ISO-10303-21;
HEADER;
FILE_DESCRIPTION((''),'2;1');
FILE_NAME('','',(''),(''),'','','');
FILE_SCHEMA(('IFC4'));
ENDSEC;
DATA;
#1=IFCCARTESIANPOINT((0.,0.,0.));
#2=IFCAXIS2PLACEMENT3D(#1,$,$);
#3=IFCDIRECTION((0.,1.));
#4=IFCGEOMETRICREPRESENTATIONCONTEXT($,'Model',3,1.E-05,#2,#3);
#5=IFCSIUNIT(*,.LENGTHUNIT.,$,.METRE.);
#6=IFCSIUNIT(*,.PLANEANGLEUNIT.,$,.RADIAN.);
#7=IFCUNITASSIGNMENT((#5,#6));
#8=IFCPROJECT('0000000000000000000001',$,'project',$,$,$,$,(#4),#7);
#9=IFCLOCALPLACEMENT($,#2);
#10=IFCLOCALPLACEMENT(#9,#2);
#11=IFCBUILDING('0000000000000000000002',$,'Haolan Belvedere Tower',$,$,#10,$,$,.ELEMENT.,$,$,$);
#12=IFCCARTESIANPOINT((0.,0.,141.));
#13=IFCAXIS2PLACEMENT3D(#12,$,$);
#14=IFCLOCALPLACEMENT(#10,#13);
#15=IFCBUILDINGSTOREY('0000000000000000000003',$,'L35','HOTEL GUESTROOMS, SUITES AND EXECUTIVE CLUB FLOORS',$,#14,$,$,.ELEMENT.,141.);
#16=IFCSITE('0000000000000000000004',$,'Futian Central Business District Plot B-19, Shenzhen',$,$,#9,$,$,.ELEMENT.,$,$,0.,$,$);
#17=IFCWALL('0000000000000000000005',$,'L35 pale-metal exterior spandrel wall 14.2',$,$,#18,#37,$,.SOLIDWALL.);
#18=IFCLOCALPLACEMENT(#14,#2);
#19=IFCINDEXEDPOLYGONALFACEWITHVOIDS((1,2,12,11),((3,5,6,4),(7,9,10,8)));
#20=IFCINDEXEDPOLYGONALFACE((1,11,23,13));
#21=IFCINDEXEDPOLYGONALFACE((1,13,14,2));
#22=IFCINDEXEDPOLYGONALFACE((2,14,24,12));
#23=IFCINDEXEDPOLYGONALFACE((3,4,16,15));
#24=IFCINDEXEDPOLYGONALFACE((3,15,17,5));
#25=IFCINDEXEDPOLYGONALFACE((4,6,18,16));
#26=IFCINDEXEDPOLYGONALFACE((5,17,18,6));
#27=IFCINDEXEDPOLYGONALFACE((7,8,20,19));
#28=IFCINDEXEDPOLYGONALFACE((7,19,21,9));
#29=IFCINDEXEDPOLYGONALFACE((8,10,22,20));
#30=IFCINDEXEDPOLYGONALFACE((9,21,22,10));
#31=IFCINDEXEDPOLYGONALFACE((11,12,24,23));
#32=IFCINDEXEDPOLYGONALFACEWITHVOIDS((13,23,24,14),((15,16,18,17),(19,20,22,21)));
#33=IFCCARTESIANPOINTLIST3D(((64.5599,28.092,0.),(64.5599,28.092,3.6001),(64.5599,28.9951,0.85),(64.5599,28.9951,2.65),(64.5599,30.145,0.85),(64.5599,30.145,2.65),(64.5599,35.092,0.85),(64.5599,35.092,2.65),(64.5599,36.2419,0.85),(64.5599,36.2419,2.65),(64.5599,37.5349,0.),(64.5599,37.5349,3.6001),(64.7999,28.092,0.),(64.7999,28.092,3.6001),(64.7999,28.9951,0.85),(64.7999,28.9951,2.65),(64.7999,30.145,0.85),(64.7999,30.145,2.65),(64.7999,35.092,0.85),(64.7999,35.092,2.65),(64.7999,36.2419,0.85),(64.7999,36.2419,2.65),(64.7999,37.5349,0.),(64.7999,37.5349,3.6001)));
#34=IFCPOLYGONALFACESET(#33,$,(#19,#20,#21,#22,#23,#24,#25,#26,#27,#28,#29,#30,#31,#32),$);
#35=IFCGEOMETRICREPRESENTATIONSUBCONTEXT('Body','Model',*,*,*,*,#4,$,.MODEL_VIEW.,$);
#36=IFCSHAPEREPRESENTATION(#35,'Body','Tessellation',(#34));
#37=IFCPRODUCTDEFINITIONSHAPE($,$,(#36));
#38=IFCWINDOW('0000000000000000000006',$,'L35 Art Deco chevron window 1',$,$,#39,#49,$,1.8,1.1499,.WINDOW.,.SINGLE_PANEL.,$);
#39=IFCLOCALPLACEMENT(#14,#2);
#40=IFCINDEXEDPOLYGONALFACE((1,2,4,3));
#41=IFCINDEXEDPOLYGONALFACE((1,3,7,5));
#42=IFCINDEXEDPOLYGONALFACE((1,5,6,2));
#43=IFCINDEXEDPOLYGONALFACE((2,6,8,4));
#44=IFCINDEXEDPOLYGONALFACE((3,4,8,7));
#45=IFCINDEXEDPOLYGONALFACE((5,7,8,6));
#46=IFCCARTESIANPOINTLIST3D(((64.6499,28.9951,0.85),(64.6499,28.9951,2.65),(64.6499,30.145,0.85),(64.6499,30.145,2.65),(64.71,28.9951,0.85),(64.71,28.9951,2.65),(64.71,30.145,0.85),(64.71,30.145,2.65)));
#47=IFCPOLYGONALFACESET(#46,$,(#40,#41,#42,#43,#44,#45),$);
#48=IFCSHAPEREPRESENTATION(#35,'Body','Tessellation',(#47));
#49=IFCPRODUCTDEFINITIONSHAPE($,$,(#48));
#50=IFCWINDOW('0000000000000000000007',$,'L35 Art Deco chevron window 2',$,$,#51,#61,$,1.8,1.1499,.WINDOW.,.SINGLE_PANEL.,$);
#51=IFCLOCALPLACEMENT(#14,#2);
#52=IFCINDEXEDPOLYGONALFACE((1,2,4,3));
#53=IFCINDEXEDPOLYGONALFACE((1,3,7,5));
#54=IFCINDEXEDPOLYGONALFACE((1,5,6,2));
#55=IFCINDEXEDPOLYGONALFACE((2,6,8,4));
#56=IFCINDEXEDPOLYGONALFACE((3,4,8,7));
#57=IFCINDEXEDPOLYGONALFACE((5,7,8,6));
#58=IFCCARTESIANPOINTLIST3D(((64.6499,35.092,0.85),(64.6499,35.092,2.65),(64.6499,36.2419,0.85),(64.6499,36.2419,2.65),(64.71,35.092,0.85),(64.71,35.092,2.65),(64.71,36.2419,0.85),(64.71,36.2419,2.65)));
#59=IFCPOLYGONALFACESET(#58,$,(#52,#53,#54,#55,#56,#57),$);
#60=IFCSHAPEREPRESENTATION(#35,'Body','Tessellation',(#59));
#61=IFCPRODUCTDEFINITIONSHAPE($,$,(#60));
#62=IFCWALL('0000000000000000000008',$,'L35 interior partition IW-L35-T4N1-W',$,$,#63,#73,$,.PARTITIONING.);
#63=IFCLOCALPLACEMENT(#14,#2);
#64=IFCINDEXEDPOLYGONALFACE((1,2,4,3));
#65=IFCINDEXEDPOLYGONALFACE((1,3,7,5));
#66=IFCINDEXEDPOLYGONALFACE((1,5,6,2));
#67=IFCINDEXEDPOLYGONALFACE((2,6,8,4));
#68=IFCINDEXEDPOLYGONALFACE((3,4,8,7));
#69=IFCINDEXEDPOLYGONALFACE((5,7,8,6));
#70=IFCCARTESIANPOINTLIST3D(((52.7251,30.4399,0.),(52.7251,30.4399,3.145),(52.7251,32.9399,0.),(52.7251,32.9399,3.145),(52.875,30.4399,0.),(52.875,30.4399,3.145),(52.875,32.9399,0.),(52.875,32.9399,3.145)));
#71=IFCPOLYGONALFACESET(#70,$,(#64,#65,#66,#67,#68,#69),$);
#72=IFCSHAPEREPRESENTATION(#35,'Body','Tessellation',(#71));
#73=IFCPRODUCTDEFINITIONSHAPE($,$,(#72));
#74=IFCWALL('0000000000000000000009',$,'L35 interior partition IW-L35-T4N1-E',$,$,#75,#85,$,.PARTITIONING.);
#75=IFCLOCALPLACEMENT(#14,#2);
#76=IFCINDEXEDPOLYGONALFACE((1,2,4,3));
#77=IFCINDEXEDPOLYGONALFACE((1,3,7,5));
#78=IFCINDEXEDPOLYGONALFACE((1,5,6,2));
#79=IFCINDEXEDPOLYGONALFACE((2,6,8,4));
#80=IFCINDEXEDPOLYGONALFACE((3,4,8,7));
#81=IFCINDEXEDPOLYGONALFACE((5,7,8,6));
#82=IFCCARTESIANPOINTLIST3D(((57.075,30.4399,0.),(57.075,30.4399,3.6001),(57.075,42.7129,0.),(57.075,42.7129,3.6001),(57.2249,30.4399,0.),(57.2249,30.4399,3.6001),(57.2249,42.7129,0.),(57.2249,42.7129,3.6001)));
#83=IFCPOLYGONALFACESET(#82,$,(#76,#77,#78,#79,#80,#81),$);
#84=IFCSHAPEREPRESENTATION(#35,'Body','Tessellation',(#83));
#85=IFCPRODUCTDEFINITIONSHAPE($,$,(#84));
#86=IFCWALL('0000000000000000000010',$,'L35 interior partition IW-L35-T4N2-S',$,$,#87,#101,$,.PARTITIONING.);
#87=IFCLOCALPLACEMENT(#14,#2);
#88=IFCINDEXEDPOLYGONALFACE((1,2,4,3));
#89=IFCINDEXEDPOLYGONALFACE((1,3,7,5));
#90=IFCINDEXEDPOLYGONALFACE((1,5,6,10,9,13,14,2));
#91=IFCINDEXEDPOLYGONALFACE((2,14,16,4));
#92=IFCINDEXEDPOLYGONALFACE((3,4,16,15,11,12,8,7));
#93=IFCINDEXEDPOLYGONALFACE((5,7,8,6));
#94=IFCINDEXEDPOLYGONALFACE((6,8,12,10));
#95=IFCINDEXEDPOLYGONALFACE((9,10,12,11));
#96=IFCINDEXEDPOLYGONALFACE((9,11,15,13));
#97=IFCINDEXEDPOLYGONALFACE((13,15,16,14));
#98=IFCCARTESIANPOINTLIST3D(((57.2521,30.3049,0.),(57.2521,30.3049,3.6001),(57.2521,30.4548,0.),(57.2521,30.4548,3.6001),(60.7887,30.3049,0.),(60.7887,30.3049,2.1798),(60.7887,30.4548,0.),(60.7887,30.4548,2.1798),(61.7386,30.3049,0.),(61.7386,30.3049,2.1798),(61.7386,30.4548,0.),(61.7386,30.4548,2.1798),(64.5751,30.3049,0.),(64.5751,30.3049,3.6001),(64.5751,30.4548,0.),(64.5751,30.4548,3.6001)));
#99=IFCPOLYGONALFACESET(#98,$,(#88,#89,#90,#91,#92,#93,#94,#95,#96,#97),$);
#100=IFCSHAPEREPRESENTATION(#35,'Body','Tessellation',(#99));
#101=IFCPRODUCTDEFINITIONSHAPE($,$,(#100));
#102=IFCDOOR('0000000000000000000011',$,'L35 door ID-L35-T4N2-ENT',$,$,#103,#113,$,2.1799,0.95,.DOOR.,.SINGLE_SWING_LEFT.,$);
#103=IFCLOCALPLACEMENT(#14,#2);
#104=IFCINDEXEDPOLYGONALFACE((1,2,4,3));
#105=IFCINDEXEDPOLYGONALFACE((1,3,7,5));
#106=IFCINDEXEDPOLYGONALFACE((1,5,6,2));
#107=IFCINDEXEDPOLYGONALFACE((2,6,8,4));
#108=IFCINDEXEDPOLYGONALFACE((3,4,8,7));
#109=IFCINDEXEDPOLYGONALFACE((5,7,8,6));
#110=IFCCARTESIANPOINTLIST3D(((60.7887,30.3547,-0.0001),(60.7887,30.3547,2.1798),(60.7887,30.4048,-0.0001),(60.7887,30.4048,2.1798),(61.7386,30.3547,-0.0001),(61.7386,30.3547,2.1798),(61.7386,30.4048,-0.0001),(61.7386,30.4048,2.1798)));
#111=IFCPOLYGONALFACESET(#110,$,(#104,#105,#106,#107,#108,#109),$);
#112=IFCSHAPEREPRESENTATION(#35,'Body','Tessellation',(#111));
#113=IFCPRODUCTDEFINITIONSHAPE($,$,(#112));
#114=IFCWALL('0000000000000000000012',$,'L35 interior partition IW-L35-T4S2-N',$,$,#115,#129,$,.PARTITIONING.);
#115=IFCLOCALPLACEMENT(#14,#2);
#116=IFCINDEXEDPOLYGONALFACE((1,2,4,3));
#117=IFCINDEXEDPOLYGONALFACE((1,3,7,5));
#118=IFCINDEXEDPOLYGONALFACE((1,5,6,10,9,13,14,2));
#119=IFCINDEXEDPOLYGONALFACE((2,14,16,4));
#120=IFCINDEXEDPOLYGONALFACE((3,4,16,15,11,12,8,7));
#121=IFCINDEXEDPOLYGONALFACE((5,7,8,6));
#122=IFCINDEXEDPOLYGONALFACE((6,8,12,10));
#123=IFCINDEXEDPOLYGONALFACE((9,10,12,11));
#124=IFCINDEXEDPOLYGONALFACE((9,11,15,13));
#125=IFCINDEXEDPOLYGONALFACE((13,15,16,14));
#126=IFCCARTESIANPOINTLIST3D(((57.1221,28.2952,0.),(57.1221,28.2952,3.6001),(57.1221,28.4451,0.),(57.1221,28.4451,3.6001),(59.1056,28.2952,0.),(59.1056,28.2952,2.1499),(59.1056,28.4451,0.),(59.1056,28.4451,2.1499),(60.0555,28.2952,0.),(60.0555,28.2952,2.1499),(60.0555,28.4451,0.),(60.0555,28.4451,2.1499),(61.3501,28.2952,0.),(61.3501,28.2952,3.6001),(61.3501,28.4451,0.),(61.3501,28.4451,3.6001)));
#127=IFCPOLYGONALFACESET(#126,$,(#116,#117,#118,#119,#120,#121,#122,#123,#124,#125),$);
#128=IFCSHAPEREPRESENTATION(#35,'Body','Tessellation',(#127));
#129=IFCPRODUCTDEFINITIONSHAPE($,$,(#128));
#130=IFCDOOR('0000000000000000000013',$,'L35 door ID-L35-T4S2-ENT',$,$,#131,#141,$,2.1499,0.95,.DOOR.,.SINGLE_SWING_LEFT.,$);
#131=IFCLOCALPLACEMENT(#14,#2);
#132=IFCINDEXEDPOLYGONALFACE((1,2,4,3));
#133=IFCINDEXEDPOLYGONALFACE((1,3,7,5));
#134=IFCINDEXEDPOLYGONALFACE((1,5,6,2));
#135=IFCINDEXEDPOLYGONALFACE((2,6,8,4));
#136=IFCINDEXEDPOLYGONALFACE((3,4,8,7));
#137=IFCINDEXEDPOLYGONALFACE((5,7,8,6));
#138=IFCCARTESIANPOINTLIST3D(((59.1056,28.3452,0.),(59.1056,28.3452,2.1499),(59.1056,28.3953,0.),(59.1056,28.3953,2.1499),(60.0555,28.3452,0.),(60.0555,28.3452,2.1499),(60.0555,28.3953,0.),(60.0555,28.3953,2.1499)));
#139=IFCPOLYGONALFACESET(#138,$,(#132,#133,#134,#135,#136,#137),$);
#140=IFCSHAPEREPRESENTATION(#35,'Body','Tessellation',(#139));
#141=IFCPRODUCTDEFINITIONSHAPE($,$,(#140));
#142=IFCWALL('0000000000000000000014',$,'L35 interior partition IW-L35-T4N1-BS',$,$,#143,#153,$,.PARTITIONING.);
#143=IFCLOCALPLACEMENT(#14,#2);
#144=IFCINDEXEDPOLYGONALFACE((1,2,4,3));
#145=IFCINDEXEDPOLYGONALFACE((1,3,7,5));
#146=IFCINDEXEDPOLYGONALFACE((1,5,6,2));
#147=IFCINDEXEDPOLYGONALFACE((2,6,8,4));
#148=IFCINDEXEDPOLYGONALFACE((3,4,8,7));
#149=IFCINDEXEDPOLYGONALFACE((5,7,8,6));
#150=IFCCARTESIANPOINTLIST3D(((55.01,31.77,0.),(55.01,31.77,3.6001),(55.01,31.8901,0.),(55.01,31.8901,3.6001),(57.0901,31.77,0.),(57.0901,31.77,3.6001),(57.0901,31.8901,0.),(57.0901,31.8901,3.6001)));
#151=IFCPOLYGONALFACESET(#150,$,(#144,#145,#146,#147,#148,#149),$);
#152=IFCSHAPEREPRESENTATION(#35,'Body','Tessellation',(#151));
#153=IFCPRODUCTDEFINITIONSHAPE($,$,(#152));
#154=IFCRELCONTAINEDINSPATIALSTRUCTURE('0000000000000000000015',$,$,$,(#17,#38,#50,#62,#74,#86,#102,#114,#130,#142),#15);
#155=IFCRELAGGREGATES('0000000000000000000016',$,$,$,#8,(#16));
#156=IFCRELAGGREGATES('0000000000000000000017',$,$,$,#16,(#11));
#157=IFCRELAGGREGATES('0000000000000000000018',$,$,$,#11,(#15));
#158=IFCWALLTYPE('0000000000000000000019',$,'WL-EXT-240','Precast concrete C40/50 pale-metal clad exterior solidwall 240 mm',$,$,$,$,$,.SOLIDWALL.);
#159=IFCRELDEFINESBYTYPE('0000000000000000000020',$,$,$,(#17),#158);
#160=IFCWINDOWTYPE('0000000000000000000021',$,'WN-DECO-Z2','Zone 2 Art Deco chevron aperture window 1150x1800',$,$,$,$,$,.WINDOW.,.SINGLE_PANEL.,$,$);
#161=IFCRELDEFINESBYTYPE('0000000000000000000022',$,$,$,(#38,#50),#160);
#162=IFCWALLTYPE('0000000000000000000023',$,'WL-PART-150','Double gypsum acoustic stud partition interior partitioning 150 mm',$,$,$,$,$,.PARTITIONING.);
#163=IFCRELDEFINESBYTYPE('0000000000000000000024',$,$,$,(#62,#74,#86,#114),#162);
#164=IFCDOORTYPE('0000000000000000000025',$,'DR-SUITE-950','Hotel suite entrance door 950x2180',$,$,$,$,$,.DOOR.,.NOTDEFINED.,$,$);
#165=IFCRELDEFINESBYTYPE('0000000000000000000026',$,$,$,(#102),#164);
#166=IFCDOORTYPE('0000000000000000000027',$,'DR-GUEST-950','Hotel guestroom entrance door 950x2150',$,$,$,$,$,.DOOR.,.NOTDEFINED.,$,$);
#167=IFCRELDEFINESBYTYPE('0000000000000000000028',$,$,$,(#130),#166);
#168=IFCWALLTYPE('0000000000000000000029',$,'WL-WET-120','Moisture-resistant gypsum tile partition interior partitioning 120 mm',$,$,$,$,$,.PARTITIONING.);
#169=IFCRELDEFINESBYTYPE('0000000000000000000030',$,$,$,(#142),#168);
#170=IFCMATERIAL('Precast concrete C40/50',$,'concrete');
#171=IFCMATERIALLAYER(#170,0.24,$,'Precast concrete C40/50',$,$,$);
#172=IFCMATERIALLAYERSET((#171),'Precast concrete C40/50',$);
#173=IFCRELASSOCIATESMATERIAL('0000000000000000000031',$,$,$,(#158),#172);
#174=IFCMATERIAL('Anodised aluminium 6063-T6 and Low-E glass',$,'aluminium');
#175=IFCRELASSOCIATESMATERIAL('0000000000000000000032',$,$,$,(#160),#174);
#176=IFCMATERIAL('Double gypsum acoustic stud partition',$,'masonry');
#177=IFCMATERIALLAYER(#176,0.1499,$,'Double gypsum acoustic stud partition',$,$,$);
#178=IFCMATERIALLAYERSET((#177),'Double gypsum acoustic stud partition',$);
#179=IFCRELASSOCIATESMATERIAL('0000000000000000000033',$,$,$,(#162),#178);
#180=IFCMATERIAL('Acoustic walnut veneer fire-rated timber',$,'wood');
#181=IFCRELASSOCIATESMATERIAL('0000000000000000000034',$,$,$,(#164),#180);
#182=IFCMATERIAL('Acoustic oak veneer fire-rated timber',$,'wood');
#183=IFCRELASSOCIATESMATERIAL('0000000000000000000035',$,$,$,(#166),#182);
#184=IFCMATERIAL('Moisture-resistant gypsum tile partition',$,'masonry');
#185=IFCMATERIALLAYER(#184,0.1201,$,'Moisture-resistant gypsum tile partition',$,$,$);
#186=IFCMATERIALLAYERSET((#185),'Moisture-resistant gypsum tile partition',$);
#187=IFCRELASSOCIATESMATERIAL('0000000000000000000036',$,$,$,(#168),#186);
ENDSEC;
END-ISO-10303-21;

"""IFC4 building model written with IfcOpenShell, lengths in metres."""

from ifc_helpers import new_model, si_unit, direction, frame, frame_2d, origin, place, context, subcontext, project, spatial, rectangle, extrude, material, layer, layer_set, type_object, element, fill, save


model = new_model("IFC4")

# Units and contexts
model_context = context("Model", 3, precision=1e-05, world=origin(), true_north=direction((0.0, 1.0)))
body_context = subcontext(model_context, "Body", "Model", "MODEL_VIEW")
ifc_project = project(units=[si_unit("LENGTHUNIT", "METRE"), si_unit("PLANEANGLEUNIT", "RADIAN")], contexts=[model_context])

# Site, building, storey
site_placement = place(None, origin())
site = spatial("IfcSite", under=ifc_project, at=site_placement, Name="Futian Central Business District Plot B-19, Shenzhen", CompositionType="ELEMENT", RefElevation=0.0)
building_placement = place(site_placement, origin())
building = spatial("IfcBuilding", under=site, at=building_placement, Name="Haolan Belvedere Tower", CompositionType="ELEMENT")
storey_placement = place(building_placement, frame((0.0, 0.0, 141.0)))
storey = spatial("IfcBuildingStorey", under=building, at=storey_placement, Name="L35", Description="HOTEL GUESTROOMS, SUITES AND EXECUTIVE CLUB FLOORS", CompositionType="ELEMENT", Elevation=141.0)

# Wall, openings, windows
ifc_material_1 = material(Name="Precast concrete C40/50", Category="concrete")
ifc_layer_1 = layer(ifc_material_1, 0.24, Name="Precast concrete C40/50")
ifc_layer_set_1 = layer_set([ifc_layer_1], Name="Precast concrete C40/50")
wall_type_1 = type_object("IfcWallType", Name="WL-EXT-240", Description="Precast concrete C40/50 pale-metal clad exterior solidwall 240 mm", PredefinedType="SOLIDWALL", material=ifc_layer_set_1)
wall_1_placement = place(storey_placement, frame((64.6799, 28.092, 0.0), z_axis=(0.0, 0.0, 1.0), x_axis=(0.0, 1.0, 0.0)))
wall_1 = element("IfcWall", 1, at=wall_1_placement, inside=storey, type_object=wall_type_1, Name="L35 pale-metal exterior spandrel wall 14.2", PredefinedType="SOLIDWALL", context=body_context, shape_type="SweptSolid", body=[
    extrude(rectangle(XDim=9.4429, YDim=0.24, at=frame_2d((4.7214, 0.0))), origin(), (0.0, 0.0, 1.0), 3.6001),
])
opening_1_placement = place(wall_1_placement, frame((0.9031, 0.0, 0.8501)))
opening_1 = element("IfcOpeningElement", 2, at=opening_1_placement, cuts=wall_1, PredefinedType="OPENING", context=body_context, shape_type="SweptSolid", body=[
    extrude(rectangle(XDim=1.1499, YDim=1.8, at=frame_2d((0.575, 0.8999))), frame((0.0, 0.1299, 0.0), z_axis=(0.0, -1.0, 0.0), x_axis=(1.0, 0.0, 0.0)), (0.0, 0.0, 1.0), 0.26),
])
opening_2_placement = place(wall_1_placement, frame((7.0, 0.0, 0.8501)))
opening_2 = element("IfcOpeningElement", 3, at=opening_2_placement, cuts=wall_1, PredefinedType="OPENING", context=body_context, shape_type="SweptSolid", body=[
    extrude(rectangle(XDim=1.1499, YDim=1.8, at=frame_2d((0.575, 0.8999))), frame((0.0, 0.1299, 0.0), z_axis=(0.0, -1.0, 0.0), x_axis=(1.0, 0.0, 0.0)), (0.0, 0.0, 1.0), 0.26),
])
ifc_material_2 = material(Name="Anodised aluminium 6063-T6 and Low-E glass", Category="aluminium")
window_type = type_object("IfcWindowType", Name="WN-DECO-Z2", Description="Zone 2 Art Deco chevron aperture window 1150x1800", PartitioningType="SINGLE_PANEL", PredefinedType="WINDOW", material=ifc_material_2)
window_1_placement = place(opening_1_placement, origin())
window_1 = element("IfcWindow", 4, at=window_1_placement, inside=storey, type_object=window_type, Name="L35 Art Deco chevron window 1", OverallHeight=1.8, OverallWidth=1.1499, PartitioningType="SINGLE_PANEL", PredefinedType="WINDOW", context=body_context, shape_type="SweptSolid", body=[
    extrude(rectangle(XDim=1.1499, YDim=1.8, at=frame_2d((0.575, 0.8999))), frame((0.0, 0.03, 0.0), z_axis=(0.0, -1.0, 0.0), x_axis=(1.0, 0.0, 0.0)), (0.0, 0.0, 1.0), 0.0601),
])
fill(opening_1, window_1)
window_2_placement = place(opening_2_placement, origin())
window_2 = element("IfcWindow", 5, at=window_2_placement, inside=storey, type_object=window_type, Name="L35 Art Deco chevron window 2", OverallHeight=1.8, OverallWidth=1.1499, PartitioningType="SINGLE_PANEL", PredefinedType="WINDOW", context=body_context, shape_type="SweptSolid", body=[
    extrude(rectangle(XDim=1.1499, YDim=1.8, at=frame_2d((0.575, 0.8999))), frame((0.0, 0.03, 0.0), z_axis=(0.0, -1.0, 0.0), x_axis=(1.0, 0.0, 0.0)), (0.0, 0.0, 1.0), 0.0601),
])
fill(opening_2, window_2)

# Walls
ifc_material_3 = material(Name="Double gypsum acoustic stud partition", Category="masonry")
ifc_layer_2 = layer(ifc_material_3, 0.1499, Name="Double gypsum acoustic stud partition")
ifc_layer_set_2 = layer_set([ifc_layer_2], Name="Double gypsum acoustic stud partition")
wall_type_2 = type_object("IfcWallType", Name="WL-PART-150", Description="Double gypsum acoustic stud partition interior partitioning 150 mm", PredefinedType="PARTITIONING", material=ifc_layer_set_2)
wall_2_placement = place(storey_placement, frame((52.8, 30.4399, 0.0), z_axis=(0.0, 0.0, 1.0), x_axis=(0.0, 1.0, 0.0)))
element("IfcWall", 6, at=wall_2_placement, inside=storey, type_object=wall_type_2, Name="L35 interior partition IW-L35-T4N1-W", PredefinedType="PARTITIONING", context=body_context, shape_type="SweptSolid", body=[
    extrude(rectangle(XDim=2.5, YDim=0.1499, at=frame_2d((1.25, 0.0))), origin(), (0.0, 0.0, 1.0), 3.145),
])
wall_3_placement = place(storey_placement, frame((57.1499, 30.4399, 0.0), z_axis=(0.0, 0.0, 1.0), x_axis=(0.0, 1.0, 0.0)))
element("IfcWall", 7, at=wall_3_placement, inside=storey, type_object=wall_type_2, Name="L35 interior partition IW-L35-T4N1-E", PredefinedType="PARTITIONING", context=body_context, shape_type="SweptSolid", body=[
    extrude(rectangle(XDim=12.2729, YDim=0.1499, at=frame_2d((6.1365, 0.0))), origin(), (0.0, 0.0, 1.0), 3.6001),
])

# Walls, openings, doors
wall_4_placement = place(storey_placement, frame((57.252, 30.3799, 0.0), z_axis=(0.0, 0.0, 1.0), x_axis=(1.0, 0.0, 0.0)))
wall_4 = element("IfcWall", 8, at=wall_4_placement, inside=storey, type_object=wall_type_2, Name="L35 interior partition IW-L35-T4N2-S", PredefinedType="PARTITIONING", context=body_context, shape_type="SweptSolid", body=[
    extrude(rectangle(XDim=7.323, YDim=0.1499, at=frame_2d((3.6616, 0.0))), origin(), (0.0, 0.0, 1.0), 3.6001),
])
opening_3_placement = place(wall_4_placement, frame((3.5366, 0.0, 0.0)))
opening_3 = element("IfcOpeningElement", 9, at=opening_3_placement, cuts=wall_4, PredefinedType="OPENING", context=body_context, shape_type="SweptSolid", body=[
    extrude(rectangle(XDim=0.95, YDim=2.1799, at=frame_2d((0.4751, 1.0898))), frame((0.0, 0.085, 0.0), z_axis=(0.0, -1.0, 0.0), x_axis=(1.0, 0.0, 0.0)), (0.0, 0.0, 1.0), 0.1699),
])
ifc_material_4 = material(Name="Acoustic walnut veneer fire-rated timber", Category="wood")
door_type_1 = type_object("IfcDoorType", Name="DR-SUITE-950", Description="Hotel suite entrance door 950x2180", OperationType="NOTDEFINED", PredefinedType="DOOR", material=ifc_material_4)
door_1_placement = place(opening_3_placement, origin())
door_1 = element("IfcDoor", 10, at=door_1_placement, inside=storey, type_object=door_type_1, Name="L35 door ID-L35-T4N2-ENT", OperationType="SINGLE_SWING_LEFT", OverallHeight=2.1799, OverallWidth=0.95, PredefinedType="DOOR", context=body_context, shape_type="SweptSolid", body=[
    extrude(rectangle(XDim=0.95, YDim=2.1799, at=frame_2d((0.4751, 1.0898))), frame((0.0, 0.0249, 0.0), z_axis=(0.0, -1.0, 0.0), x_axis=(1.0, 0.0, 0.0)), (0.0, 0.0, 1.0), 0.05),
])
fill(opening_3, door_1)
wall_5_placement = place(storey_placement, frame((57.1221, 28.3701, 0.0), z_axis=(0.0, 0.0, 1.0), x_axis=(1.0, 0.0, 0.0)))
wall_5 = element("IfcWall", 11, at=wall_5_placement, inside=storey, type_object=wall_type_2, Name="L35 interior partition IW-L35-T4S2-N", PredefinedType="PARTITIONING", context=body_context, shape_type="SweptSolid", body=[
    extrude(rectangle(XDim=4.228, YDim=0.1499, at=frame_2d((2.114, 0.0))), origin(), (0.0, 0.0, 1.0), 3.6001),
])
opening_4_placement = place(wall_5_placement, frame((2.9336, 0.0, 0.0), z_axis=(0.0, 0.0, 1.0), x_axis=(-1.0, 0.0, 0.0)))
opening_4 = element("IfcOpeningElement", 12, at=opening_4_placement, cuts=wall_5, PredefinedType="OPENING", context=body_context, shape_type="SweptSolid", body=[
    extrude(rectangle(XDim=0.95, YDim=2.1499, at=frame_2d((0.4751, 1.075))), frame((0.0, 0.085, 0.0), z_axis=(0.0, -1.0, 0.0), x_axis=(1.0, 0.0, 0.0)), (0.0, 0.0, 1.0), 0.1699),
])
ifc_material_5 = material(Name="Acoustic oak veneer fire-rated timber", Category="wood")
door_type_2 = type_object("IfcDoorType", Name="DR-GUEST-950", Description="Hotel guestroom entrance door 950x2150", OperationType="NOTDEFINED", PredefinedType="DOOR", material=ifc_material_5)
door_2_placement = place(opening_4_placement, origin())
door_2 = element("IfcDoor", 13, at=door_2_placement, inside=storey, type_object=door_type_2, Name="L35 door ID-L35-T4S2-ENT", OperationType="SINGLE_SWING_LEFT", OverallHeight=2.1499, OverallWidth=0.95, PredefinedType="DOOR", context=body_context, shape_type="SweptSolid", body=[
    extrude(rectangle(XDim=0.95, YDim=2.1499, at=frame_2d((0.4751, 1.075))), frame((0.0, 0.0249, 0.0), z_axis=(0.0, -1.0, 0.0), x_axis=(1.0, 0.0, 0.0)), (0.0, 0.0, 1.0), 0.05),
])
fill(opening_4, door_2)

# Wall
ifc_material_6 = material(Name="Moisture-resistant gypsum tile partition", Category="masonry")
ifc_layer_3 = layer(ifc_material_6, 0.1201, Name="Moisture-resistant gypsum tile partition")
ifc_layer_set_3 = layer_set([ifc_layer_3], Name="Moisture-resistant gypsum tile partition")
wall_type_3 = type_object("IfcWallType", Name="WL-WET-120", Description="Moisture-resistant gypsum tile partition interior partitioning 120 mm", PredefinedType="PARTITIONING", material=ifc_layer_set_3)
wall_6_placement = place(storey_placement, frame((55.01, 31.8301, 0.0), z_axis=(0.0, 0.0, 1.0), x_axis=(1.0, 0.0, 0.0)))
element("IfcWall", 14, at=wall_6_placement, inside=storey, type_object=wall_type_3, Name="L35 interior partition IW-L35-T4N1-BS", PredefinedType="PARTITIONING", context=body_context, shape_type="SweptSolid", body=[
    extrude(rectangle(XDim=2.0801, YDim=0.1201, at=frame_2d((1.04, 0.0))), origin(), (0.0, 0.0, 1.0), 3.6001),
])

save(model, "model.ifc")
